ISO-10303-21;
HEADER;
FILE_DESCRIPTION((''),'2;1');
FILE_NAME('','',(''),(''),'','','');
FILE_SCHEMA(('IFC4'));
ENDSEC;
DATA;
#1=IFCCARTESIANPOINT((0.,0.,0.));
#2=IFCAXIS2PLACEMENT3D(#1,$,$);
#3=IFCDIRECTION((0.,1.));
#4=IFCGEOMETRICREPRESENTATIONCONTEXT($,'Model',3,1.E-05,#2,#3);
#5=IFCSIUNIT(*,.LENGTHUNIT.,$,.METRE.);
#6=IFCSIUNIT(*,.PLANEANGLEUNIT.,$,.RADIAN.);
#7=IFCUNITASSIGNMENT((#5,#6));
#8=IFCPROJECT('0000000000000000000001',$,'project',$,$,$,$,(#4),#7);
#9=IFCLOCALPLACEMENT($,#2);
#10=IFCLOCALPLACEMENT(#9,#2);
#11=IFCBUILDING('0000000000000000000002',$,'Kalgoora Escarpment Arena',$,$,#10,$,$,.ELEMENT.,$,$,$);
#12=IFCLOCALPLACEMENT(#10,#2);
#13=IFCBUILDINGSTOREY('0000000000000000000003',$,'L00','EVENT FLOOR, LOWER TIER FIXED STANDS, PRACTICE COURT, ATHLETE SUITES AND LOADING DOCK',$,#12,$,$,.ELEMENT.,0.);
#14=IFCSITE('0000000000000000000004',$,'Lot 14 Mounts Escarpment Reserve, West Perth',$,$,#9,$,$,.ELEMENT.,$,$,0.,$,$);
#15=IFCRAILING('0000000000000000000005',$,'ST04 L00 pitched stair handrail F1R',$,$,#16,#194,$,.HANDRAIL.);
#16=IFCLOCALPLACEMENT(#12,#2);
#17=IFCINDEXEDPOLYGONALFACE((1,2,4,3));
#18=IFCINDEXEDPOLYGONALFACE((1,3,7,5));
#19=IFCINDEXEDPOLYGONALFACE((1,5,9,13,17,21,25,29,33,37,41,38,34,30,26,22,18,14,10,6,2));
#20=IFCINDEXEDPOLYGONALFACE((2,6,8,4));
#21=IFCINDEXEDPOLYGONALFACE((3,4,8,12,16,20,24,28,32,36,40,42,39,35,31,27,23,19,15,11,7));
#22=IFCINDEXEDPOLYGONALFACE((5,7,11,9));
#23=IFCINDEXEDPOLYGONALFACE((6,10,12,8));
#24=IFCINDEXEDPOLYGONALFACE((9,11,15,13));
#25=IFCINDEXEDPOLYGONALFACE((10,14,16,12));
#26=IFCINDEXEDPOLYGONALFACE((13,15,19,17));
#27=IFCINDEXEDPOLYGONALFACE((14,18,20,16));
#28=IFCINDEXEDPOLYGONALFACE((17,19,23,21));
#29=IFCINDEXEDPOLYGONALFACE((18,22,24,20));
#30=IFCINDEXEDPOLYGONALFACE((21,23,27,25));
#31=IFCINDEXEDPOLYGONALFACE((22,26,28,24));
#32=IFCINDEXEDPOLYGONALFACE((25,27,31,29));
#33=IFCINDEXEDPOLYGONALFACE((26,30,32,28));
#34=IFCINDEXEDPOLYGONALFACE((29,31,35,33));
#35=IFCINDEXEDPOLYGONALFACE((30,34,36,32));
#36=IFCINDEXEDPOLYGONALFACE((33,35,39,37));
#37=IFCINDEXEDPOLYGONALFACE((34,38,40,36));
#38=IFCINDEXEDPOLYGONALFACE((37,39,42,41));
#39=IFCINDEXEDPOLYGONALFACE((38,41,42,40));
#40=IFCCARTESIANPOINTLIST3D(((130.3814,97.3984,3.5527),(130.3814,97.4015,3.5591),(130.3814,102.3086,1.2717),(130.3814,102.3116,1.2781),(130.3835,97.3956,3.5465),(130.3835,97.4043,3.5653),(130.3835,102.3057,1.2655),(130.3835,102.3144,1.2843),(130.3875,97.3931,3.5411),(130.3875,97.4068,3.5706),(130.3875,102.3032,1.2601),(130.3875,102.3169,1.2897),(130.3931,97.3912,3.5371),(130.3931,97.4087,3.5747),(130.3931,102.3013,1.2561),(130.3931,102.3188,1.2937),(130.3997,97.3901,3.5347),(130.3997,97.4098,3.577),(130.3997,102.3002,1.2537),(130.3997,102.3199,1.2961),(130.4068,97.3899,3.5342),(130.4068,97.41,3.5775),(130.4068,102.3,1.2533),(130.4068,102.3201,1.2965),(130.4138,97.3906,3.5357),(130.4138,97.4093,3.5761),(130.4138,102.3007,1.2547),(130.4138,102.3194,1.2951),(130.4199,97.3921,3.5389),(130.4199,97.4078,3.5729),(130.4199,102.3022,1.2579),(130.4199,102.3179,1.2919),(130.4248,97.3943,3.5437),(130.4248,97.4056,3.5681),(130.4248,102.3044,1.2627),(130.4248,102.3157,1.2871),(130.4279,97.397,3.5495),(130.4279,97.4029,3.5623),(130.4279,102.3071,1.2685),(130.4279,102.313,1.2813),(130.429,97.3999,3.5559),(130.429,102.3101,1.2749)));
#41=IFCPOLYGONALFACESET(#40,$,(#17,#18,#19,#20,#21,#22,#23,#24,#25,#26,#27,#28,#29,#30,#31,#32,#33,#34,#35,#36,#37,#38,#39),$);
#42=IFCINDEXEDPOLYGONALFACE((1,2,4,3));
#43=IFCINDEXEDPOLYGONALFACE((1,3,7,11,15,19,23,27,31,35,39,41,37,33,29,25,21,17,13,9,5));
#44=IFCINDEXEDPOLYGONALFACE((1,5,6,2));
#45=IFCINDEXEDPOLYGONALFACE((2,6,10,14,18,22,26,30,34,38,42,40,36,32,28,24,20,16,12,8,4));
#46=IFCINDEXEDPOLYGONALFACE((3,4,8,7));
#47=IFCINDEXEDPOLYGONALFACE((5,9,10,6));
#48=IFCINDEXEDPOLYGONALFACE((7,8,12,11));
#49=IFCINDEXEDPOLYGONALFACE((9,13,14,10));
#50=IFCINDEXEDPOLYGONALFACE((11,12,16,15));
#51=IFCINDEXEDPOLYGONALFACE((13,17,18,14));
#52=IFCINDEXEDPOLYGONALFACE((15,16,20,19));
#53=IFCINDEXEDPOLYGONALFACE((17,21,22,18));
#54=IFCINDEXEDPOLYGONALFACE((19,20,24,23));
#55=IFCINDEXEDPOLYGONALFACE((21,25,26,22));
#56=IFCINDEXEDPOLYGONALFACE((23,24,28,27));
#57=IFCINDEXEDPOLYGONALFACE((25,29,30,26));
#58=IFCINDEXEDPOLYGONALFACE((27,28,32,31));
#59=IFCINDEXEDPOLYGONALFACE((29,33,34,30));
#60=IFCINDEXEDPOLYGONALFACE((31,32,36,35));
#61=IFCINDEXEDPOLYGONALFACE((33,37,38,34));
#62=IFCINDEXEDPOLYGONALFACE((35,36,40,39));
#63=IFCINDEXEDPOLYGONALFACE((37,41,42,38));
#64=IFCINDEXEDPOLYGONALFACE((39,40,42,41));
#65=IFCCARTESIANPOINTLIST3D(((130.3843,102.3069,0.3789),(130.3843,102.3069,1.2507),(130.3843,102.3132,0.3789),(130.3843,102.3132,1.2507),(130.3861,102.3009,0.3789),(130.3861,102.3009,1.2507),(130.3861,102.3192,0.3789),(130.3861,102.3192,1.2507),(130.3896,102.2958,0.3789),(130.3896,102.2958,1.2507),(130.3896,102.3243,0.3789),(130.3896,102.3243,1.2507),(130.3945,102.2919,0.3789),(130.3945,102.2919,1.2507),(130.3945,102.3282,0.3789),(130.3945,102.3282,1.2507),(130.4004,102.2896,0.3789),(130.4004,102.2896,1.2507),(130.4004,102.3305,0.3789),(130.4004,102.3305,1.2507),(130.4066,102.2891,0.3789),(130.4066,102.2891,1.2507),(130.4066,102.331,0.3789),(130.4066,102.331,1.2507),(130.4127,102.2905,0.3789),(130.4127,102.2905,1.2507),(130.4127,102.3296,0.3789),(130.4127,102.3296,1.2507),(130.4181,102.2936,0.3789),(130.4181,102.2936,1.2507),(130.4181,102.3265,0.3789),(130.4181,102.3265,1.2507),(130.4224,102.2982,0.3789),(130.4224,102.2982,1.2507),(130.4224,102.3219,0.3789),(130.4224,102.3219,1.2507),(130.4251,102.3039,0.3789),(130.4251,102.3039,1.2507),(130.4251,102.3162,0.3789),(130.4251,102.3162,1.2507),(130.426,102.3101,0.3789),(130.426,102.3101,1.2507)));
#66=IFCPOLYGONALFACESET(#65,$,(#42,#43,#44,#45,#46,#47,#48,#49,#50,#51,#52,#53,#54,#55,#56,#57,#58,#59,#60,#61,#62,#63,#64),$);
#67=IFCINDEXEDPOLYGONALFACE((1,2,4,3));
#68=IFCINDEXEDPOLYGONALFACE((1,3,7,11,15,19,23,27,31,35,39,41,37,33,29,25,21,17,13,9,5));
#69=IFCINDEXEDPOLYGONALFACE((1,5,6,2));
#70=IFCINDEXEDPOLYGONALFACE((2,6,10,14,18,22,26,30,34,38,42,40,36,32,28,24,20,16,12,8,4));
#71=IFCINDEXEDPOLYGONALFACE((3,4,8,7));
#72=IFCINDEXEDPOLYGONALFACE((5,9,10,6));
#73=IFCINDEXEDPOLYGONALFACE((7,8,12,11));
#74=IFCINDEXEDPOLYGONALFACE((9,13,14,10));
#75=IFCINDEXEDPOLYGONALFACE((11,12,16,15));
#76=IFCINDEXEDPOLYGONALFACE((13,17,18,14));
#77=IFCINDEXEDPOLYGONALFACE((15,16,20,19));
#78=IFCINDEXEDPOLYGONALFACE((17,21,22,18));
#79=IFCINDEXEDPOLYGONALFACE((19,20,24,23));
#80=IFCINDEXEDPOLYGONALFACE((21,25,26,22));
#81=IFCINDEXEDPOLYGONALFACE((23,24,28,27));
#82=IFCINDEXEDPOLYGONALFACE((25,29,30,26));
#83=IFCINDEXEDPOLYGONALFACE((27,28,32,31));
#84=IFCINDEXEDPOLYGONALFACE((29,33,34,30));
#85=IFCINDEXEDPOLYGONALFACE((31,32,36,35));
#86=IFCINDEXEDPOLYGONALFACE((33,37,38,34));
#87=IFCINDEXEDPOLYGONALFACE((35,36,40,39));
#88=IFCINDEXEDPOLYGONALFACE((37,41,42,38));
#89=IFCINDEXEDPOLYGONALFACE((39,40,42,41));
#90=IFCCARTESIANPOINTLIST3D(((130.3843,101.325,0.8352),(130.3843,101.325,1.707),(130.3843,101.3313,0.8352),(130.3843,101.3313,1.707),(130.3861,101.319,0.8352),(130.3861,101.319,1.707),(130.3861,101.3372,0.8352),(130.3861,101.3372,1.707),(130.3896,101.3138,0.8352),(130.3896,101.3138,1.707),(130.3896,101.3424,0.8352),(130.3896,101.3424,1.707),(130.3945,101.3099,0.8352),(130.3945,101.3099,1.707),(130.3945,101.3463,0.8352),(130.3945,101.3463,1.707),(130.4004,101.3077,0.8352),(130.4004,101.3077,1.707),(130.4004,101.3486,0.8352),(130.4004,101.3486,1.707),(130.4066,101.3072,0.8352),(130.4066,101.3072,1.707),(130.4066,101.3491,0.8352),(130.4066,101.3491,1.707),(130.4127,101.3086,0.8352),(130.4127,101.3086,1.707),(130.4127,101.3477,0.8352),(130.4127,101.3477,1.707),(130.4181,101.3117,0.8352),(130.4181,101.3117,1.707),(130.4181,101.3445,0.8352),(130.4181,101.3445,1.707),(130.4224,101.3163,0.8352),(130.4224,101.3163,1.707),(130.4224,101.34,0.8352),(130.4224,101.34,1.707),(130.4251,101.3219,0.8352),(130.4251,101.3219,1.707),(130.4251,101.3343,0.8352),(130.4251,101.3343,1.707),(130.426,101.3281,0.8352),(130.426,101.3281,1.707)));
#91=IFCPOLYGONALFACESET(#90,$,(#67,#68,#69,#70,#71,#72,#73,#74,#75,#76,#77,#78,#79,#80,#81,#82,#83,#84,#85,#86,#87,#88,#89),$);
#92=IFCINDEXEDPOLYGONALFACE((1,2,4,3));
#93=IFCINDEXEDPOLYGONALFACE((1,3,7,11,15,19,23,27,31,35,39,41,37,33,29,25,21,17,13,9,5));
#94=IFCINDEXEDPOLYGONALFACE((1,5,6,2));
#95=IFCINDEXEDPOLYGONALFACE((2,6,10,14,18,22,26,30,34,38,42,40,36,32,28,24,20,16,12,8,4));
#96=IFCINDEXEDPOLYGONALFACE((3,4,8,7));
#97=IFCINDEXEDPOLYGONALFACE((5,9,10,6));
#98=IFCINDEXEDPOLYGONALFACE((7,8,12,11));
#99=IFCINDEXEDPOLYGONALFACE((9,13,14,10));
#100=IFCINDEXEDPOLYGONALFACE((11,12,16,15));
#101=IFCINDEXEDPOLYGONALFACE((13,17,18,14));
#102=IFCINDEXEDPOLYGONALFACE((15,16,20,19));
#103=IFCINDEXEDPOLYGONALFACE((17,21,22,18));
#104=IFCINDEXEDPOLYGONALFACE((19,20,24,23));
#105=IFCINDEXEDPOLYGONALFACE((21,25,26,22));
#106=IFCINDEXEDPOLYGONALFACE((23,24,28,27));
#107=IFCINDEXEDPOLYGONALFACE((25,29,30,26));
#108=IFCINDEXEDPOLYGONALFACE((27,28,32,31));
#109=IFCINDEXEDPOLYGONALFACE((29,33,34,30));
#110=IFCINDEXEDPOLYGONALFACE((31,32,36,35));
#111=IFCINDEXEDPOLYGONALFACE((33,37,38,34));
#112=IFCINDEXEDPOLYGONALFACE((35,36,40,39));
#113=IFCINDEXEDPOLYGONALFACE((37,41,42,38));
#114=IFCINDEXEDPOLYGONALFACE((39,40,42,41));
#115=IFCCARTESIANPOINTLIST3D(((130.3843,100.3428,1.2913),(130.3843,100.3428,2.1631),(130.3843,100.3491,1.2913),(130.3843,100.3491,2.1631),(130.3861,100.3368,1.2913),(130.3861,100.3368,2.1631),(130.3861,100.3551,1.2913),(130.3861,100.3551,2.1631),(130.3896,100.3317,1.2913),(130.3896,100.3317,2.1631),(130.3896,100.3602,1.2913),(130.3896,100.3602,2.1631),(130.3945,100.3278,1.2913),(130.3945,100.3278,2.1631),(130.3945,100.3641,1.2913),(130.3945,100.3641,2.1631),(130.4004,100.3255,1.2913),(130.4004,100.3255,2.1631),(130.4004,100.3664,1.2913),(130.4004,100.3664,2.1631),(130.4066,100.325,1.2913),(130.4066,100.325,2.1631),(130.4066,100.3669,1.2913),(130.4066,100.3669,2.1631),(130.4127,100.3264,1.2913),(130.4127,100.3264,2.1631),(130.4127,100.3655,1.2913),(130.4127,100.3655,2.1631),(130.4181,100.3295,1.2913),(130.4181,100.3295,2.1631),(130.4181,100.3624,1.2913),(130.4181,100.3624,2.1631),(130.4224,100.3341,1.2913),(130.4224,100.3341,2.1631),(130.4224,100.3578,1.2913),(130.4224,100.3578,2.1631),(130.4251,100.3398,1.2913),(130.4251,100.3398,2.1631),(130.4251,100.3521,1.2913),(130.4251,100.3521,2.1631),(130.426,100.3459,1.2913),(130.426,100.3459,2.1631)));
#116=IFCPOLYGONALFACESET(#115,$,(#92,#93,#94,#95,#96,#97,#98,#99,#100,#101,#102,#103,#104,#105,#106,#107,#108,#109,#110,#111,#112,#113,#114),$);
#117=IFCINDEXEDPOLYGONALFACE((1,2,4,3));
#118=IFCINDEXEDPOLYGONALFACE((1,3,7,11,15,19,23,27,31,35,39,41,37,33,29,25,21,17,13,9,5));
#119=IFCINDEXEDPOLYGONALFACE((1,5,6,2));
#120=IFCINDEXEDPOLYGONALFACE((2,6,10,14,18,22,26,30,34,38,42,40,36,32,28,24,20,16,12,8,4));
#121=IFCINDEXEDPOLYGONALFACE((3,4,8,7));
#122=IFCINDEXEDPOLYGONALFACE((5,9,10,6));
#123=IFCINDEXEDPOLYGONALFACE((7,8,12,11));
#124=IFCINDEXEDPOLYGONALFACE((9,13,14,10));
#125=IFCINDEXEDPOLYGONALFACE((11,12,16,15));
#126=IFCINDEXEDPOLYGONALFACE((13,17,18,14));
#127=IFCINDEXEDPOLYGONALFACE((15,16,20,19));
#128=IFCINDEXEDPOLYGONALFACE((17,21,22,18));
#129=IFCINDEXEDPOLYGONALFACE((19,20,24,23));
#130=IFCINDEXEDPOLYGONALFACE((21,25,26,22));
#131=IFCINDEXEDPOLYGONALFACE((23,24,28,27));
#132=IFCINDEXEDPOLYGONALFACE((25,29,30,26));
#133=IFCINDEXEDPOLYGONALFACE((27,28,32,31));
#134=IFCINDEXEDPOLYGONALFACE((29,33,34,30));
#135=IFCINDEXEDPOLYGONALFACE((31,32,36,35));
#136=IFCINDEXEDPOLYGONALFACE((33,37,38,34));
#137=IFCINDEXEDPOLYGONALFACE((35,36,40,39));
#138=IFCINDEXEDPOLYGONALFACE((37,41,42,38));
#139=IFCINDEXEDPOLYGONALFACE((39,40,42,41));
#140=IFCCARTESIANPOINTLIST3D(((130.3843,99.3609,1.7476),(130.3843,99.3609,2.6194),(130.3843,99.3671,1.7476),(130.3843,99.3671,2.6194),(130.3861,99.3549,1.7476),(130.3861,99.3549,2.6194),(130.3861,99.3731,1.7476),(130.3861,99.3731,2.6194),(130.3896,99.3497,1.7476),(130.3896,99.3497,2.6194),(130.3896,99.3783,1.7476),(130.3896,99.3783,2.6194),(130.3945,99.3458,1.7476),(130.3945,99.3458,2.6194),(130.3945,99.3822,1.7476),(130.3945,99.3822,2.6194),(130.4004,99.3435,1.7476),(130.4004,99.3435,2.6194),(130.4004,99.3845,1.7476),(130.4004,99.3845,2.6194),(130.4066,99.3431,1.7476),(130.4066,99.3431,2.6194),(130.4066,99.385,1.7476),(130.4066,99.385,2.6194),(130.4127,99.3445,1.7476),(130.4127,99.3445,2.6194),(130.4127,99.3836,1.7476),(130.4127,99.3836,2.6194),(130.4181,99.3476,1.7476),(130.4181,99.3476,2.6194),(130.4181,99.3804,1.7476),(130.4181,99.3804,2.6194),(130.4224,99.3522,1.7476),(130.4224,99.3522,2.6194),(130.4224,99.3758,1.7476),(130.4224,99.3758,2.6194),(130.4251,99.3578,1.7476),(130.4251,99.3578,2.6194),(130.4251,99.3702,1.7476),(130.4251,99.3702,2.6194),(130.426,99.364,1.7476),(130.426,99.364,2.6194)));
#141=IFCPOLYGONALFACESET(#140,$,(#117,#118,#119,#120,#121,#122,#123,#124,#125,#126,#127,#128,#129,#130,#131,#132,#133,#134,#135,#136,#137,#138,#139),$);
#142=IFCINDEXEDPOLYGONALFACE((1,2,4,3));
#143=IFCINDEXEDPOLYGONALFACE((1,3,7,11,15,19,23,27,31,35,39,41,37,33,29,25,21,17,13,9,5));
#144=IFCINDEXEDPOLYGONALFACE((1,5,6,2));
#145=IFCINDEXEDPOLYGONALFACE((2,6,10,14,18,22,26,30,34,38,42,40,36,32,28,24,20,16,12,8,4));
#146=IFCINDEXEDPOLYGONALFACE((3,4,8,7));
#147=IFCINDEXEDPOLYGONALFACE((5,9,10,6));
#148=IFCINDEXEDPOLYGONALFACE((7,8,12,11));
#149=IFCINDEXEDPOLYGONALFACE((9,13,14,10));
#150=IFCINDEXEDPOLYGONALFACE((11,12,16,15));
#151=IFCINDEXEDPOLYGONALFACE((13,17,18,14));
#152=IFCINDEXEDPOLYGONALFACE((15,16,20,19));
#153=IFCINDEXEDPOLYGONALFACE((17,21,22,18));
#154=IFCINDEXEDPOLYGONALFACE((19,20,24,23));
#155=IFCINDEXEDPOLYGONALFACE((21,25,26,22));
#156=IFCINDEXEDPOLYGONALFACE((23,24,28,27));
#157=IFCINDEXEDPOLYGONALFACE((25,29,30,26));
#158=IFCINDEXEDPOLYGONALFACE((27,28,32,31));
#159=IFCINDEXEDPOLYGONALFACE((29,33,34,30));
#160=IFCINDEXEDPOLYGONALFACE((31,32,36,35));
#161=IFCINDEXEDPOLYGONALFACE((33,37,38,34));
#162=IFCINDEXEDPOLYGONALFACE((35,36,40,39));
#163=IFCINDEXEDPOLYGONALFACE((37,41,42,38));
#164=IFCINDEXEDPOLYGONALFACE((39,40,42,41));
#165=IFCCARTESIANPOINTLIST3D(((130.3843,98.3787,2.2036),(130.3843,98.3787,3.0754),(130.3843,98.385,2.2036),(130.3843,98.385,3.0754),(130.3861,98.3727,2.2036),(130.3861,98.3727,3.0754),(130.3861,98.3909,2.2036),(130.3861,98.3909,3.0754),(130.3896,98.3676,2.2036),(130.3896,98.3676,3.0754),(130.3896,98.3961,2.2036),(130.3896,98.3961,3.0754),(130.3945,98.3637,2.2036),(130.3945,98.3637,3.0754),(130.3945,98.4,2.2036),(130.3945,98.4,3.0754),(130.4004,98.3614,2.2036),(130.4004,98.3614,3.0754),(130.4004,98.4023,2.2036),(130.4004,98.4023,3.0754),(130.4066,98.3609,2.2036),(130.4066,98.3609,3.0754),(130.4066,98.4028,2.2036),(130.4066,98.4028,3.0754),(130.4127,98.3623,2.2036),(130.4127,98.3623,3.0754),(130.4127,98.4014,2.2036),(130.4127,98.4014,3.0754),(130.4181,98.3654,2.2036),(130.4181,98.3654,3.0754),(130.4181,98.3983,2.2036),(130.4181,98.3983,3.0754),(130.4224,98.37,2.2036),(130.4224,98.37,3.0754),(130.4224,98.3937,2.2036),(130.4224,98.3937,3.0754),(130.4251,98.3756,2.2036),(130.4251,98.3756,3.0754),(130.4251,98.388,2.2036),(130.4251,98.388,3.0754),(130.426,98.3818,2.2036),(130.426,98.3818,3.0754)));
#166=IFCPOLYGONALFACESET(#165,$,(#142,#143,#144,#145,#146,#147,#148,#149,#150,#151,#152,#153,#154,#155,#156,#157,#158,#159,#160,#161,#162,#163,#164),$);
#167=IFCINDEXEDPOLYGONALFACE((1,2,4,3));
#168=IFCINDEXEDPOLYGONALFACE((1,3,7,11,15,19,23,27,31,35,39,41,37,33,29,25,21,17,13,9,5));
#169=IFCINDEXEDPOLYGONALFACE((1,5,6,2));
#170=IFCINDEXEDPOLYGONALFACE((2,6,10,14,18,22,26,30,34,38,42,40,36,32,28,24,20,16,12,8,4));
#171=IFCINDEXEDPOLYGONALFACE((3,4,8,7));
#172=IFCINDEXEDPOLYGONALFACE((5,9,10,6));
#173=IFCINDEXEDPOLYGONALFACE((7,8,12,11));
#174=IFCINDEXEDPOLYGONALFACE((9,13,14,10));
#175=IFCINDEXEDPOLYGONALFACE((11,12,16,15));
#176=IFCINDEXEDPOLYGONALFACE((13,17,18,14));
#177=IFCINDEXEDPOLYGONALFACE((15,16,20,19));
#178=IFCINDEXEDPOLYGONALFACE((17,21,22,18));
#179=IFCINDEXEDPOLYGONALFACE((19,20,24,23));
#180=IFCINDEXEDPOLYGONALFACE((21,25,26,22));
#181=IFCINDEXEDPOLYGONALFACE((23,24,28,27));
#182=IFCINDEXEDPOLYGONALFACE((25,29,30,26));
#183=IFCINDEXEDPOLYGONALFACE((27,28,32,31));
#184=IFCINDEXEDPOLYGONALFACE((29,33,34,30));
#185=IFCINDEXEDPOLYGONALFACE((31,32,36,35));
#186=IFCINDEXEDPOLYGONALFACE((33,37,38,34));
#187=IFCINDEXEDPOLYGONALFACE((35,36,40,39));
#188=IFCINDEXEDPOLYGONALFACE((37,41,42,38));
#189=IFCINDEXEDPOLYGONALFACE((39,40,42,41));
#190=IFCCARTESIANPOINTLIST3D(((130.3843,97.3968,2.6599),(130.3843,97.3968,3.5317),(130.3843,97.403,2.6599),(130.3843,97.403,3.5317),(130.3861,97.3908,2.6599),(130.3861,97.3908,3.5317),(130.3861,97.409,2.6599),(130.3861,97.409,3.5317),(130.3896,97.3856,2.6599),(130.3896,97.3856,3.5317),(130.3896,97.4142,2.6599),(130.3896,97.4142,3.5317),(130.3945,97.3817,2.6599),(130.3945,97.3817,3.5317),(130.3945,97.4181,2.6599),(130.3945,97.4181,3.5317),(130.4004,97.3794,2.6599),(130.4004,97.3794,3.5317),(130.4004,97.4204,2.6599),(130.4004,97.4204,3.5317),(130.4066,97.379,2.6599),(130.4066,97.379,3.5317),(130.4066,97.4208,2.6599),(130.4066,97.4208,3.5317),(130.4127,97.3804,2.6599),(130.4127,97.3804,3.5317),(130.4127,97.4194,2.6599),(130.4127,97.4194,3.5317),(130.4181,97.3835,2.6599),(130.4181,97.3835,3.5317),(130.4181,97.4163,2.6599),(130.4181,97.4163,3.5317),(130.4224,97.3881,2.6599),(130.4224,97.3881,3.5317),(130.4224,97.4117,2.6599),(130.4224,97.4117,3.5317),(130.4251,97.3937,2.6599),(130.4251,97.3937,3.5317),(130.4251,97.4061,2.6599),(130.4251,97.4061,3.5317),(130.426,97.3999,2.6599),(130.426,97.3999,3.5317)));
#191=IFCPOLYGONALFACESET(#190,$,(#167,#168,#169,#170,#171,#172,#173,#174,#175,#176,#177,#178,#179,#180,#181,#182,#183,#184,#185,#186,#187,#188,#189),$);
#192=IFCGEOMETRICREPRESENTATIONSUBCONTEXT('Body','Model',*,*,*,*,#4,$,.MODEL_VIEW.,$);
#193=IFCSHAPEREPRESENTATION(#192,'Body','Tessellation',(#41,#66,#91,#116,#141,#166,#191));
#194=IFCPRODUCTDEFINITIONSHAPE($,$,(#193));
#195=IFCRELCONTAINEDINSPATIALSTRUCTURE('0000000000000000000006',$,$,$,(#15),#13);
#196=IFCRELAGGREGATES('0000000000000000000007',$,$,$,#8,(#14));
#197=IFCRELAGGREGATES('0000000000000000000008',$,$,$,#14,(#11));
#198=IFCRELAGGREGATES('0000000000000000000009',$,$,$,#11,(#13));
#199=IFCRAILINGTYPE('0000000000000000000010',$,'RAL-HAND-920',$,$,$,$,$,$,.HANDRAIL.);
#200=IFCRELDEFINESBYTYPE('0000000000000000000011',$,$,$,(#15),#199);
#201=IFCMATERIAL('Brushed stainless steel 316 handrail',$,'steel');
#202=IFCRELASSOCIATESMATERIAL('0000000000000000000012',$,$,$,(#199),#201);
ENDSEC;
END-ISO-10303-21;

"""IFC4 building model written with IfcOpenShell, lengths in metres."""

from ifc_helpers import new_model, si_unit, direction, frame, origin, origin_2d, place, context, subcontext, project, spatial, circle, extrude, material, type_object, element, save


model = new_model("IFC4")

# Units and contexts
model_context = context("Model", 3, precision=1e-05, world=origin(), true_north=direction((0.0, 1.0)))
body_context = subcontext(model_context, "Body", "Model", "MODEL_VIEW")
ifc_project = project(units=[si_unit("LENGTHUNIT", "METRE"), si_unit("PLANEANGLEUNIT", "RADIAN")], contexts=[model_context])

# Site, building, storey
site_placement = place(None, origin())
site = spatial("IfcSite", under=ifc_project, at=site_placement, Name="Lot 14 Mounts Escarpment Reserve, West Perth", CompositionType="ELEMENT", RefElevation=0.0)
building_placement = place(site_placement, origin())
building = spatial("IfcBuilding", under=site, at=building_placement, Name="Kalgoora Escarpment Arena", CompositionType="ELEMENT")
storey_placement = place(building_placement, origin())
storey = spatial("IfcBuildingStorey", under=building, at=storey_placement, Name="L00", Description="EVENT FLOOR, LOWER TIER FIXED STANDS, PRACTICE COURT, ATHLETE SUITES AND LOADING DOCK", CompositionType="ELEMENT", Elevation=0.0)

# Railing
ifc_material_1 = material(Name="Brushed stainless steel 316 handrail", Category="steel")
railing_type_1 = type_object("IfcRailingType", Name="RAL-HAND-920", PredefinedType="HANDRAIL", material=ifc_material_1)
for number, where, name in (
    (1, (130.405, 102.3101, 0.3789), "ST04 L00 pitched stair handrail F1R"),
):
    element("IfcRailing", number, at=place(storey_placement, frame(where)), inside=storey, type_object=railing_type_1, Name=name, PredefinedType="HANDRAIL", context=body_context, shape_type="SweptSolid", body=[
        extrude(circle(Radius=0.0239, at=origin_2d()), frame((0.0, 0.0, 0.896), z_axis=(0.0, -0.906918, 0.421307), x_axis=(1.0, 0.0, 0.0)), (0.0, 0.0, 1.0), 5.4141),
        extrude(circle(Radius=0.021, at=origin_2d()), origin(), (0.0, 0.0, 1.0), 0.8718),
        extrude(circle(Radius=0.021, at=origin_2d()), frame((0.0, -0.9819, 0.4563)), (0.0, 0.0, 1.0), 0.8718),
        extrude(circle(Radius=0.021, at=origin_2d()), frame((0.0, -1.9641, 0.9124)), (0.0, 0.0, 1.0), 0.8718),
        extrude(circle(Radius=0.021, at=origin_2d()), frame((0.0, -2.946, 1.3687)), (0.0, 0.0, 1.0), 0.8718),
        extrude(circle(Radius=0.021, at=origin_2d()), frame((0.0, -3.9282, 1.8247)), (0.0, 0.0, 1.0), 0.8718),
        extrude(circle(Radius=0.021, at=origin_2d()), frame((0.0, -4.9102, 2.281)), (0.0, 0.0, 1.0), 0.8718),
    ])

save(model, "model.ifc")
